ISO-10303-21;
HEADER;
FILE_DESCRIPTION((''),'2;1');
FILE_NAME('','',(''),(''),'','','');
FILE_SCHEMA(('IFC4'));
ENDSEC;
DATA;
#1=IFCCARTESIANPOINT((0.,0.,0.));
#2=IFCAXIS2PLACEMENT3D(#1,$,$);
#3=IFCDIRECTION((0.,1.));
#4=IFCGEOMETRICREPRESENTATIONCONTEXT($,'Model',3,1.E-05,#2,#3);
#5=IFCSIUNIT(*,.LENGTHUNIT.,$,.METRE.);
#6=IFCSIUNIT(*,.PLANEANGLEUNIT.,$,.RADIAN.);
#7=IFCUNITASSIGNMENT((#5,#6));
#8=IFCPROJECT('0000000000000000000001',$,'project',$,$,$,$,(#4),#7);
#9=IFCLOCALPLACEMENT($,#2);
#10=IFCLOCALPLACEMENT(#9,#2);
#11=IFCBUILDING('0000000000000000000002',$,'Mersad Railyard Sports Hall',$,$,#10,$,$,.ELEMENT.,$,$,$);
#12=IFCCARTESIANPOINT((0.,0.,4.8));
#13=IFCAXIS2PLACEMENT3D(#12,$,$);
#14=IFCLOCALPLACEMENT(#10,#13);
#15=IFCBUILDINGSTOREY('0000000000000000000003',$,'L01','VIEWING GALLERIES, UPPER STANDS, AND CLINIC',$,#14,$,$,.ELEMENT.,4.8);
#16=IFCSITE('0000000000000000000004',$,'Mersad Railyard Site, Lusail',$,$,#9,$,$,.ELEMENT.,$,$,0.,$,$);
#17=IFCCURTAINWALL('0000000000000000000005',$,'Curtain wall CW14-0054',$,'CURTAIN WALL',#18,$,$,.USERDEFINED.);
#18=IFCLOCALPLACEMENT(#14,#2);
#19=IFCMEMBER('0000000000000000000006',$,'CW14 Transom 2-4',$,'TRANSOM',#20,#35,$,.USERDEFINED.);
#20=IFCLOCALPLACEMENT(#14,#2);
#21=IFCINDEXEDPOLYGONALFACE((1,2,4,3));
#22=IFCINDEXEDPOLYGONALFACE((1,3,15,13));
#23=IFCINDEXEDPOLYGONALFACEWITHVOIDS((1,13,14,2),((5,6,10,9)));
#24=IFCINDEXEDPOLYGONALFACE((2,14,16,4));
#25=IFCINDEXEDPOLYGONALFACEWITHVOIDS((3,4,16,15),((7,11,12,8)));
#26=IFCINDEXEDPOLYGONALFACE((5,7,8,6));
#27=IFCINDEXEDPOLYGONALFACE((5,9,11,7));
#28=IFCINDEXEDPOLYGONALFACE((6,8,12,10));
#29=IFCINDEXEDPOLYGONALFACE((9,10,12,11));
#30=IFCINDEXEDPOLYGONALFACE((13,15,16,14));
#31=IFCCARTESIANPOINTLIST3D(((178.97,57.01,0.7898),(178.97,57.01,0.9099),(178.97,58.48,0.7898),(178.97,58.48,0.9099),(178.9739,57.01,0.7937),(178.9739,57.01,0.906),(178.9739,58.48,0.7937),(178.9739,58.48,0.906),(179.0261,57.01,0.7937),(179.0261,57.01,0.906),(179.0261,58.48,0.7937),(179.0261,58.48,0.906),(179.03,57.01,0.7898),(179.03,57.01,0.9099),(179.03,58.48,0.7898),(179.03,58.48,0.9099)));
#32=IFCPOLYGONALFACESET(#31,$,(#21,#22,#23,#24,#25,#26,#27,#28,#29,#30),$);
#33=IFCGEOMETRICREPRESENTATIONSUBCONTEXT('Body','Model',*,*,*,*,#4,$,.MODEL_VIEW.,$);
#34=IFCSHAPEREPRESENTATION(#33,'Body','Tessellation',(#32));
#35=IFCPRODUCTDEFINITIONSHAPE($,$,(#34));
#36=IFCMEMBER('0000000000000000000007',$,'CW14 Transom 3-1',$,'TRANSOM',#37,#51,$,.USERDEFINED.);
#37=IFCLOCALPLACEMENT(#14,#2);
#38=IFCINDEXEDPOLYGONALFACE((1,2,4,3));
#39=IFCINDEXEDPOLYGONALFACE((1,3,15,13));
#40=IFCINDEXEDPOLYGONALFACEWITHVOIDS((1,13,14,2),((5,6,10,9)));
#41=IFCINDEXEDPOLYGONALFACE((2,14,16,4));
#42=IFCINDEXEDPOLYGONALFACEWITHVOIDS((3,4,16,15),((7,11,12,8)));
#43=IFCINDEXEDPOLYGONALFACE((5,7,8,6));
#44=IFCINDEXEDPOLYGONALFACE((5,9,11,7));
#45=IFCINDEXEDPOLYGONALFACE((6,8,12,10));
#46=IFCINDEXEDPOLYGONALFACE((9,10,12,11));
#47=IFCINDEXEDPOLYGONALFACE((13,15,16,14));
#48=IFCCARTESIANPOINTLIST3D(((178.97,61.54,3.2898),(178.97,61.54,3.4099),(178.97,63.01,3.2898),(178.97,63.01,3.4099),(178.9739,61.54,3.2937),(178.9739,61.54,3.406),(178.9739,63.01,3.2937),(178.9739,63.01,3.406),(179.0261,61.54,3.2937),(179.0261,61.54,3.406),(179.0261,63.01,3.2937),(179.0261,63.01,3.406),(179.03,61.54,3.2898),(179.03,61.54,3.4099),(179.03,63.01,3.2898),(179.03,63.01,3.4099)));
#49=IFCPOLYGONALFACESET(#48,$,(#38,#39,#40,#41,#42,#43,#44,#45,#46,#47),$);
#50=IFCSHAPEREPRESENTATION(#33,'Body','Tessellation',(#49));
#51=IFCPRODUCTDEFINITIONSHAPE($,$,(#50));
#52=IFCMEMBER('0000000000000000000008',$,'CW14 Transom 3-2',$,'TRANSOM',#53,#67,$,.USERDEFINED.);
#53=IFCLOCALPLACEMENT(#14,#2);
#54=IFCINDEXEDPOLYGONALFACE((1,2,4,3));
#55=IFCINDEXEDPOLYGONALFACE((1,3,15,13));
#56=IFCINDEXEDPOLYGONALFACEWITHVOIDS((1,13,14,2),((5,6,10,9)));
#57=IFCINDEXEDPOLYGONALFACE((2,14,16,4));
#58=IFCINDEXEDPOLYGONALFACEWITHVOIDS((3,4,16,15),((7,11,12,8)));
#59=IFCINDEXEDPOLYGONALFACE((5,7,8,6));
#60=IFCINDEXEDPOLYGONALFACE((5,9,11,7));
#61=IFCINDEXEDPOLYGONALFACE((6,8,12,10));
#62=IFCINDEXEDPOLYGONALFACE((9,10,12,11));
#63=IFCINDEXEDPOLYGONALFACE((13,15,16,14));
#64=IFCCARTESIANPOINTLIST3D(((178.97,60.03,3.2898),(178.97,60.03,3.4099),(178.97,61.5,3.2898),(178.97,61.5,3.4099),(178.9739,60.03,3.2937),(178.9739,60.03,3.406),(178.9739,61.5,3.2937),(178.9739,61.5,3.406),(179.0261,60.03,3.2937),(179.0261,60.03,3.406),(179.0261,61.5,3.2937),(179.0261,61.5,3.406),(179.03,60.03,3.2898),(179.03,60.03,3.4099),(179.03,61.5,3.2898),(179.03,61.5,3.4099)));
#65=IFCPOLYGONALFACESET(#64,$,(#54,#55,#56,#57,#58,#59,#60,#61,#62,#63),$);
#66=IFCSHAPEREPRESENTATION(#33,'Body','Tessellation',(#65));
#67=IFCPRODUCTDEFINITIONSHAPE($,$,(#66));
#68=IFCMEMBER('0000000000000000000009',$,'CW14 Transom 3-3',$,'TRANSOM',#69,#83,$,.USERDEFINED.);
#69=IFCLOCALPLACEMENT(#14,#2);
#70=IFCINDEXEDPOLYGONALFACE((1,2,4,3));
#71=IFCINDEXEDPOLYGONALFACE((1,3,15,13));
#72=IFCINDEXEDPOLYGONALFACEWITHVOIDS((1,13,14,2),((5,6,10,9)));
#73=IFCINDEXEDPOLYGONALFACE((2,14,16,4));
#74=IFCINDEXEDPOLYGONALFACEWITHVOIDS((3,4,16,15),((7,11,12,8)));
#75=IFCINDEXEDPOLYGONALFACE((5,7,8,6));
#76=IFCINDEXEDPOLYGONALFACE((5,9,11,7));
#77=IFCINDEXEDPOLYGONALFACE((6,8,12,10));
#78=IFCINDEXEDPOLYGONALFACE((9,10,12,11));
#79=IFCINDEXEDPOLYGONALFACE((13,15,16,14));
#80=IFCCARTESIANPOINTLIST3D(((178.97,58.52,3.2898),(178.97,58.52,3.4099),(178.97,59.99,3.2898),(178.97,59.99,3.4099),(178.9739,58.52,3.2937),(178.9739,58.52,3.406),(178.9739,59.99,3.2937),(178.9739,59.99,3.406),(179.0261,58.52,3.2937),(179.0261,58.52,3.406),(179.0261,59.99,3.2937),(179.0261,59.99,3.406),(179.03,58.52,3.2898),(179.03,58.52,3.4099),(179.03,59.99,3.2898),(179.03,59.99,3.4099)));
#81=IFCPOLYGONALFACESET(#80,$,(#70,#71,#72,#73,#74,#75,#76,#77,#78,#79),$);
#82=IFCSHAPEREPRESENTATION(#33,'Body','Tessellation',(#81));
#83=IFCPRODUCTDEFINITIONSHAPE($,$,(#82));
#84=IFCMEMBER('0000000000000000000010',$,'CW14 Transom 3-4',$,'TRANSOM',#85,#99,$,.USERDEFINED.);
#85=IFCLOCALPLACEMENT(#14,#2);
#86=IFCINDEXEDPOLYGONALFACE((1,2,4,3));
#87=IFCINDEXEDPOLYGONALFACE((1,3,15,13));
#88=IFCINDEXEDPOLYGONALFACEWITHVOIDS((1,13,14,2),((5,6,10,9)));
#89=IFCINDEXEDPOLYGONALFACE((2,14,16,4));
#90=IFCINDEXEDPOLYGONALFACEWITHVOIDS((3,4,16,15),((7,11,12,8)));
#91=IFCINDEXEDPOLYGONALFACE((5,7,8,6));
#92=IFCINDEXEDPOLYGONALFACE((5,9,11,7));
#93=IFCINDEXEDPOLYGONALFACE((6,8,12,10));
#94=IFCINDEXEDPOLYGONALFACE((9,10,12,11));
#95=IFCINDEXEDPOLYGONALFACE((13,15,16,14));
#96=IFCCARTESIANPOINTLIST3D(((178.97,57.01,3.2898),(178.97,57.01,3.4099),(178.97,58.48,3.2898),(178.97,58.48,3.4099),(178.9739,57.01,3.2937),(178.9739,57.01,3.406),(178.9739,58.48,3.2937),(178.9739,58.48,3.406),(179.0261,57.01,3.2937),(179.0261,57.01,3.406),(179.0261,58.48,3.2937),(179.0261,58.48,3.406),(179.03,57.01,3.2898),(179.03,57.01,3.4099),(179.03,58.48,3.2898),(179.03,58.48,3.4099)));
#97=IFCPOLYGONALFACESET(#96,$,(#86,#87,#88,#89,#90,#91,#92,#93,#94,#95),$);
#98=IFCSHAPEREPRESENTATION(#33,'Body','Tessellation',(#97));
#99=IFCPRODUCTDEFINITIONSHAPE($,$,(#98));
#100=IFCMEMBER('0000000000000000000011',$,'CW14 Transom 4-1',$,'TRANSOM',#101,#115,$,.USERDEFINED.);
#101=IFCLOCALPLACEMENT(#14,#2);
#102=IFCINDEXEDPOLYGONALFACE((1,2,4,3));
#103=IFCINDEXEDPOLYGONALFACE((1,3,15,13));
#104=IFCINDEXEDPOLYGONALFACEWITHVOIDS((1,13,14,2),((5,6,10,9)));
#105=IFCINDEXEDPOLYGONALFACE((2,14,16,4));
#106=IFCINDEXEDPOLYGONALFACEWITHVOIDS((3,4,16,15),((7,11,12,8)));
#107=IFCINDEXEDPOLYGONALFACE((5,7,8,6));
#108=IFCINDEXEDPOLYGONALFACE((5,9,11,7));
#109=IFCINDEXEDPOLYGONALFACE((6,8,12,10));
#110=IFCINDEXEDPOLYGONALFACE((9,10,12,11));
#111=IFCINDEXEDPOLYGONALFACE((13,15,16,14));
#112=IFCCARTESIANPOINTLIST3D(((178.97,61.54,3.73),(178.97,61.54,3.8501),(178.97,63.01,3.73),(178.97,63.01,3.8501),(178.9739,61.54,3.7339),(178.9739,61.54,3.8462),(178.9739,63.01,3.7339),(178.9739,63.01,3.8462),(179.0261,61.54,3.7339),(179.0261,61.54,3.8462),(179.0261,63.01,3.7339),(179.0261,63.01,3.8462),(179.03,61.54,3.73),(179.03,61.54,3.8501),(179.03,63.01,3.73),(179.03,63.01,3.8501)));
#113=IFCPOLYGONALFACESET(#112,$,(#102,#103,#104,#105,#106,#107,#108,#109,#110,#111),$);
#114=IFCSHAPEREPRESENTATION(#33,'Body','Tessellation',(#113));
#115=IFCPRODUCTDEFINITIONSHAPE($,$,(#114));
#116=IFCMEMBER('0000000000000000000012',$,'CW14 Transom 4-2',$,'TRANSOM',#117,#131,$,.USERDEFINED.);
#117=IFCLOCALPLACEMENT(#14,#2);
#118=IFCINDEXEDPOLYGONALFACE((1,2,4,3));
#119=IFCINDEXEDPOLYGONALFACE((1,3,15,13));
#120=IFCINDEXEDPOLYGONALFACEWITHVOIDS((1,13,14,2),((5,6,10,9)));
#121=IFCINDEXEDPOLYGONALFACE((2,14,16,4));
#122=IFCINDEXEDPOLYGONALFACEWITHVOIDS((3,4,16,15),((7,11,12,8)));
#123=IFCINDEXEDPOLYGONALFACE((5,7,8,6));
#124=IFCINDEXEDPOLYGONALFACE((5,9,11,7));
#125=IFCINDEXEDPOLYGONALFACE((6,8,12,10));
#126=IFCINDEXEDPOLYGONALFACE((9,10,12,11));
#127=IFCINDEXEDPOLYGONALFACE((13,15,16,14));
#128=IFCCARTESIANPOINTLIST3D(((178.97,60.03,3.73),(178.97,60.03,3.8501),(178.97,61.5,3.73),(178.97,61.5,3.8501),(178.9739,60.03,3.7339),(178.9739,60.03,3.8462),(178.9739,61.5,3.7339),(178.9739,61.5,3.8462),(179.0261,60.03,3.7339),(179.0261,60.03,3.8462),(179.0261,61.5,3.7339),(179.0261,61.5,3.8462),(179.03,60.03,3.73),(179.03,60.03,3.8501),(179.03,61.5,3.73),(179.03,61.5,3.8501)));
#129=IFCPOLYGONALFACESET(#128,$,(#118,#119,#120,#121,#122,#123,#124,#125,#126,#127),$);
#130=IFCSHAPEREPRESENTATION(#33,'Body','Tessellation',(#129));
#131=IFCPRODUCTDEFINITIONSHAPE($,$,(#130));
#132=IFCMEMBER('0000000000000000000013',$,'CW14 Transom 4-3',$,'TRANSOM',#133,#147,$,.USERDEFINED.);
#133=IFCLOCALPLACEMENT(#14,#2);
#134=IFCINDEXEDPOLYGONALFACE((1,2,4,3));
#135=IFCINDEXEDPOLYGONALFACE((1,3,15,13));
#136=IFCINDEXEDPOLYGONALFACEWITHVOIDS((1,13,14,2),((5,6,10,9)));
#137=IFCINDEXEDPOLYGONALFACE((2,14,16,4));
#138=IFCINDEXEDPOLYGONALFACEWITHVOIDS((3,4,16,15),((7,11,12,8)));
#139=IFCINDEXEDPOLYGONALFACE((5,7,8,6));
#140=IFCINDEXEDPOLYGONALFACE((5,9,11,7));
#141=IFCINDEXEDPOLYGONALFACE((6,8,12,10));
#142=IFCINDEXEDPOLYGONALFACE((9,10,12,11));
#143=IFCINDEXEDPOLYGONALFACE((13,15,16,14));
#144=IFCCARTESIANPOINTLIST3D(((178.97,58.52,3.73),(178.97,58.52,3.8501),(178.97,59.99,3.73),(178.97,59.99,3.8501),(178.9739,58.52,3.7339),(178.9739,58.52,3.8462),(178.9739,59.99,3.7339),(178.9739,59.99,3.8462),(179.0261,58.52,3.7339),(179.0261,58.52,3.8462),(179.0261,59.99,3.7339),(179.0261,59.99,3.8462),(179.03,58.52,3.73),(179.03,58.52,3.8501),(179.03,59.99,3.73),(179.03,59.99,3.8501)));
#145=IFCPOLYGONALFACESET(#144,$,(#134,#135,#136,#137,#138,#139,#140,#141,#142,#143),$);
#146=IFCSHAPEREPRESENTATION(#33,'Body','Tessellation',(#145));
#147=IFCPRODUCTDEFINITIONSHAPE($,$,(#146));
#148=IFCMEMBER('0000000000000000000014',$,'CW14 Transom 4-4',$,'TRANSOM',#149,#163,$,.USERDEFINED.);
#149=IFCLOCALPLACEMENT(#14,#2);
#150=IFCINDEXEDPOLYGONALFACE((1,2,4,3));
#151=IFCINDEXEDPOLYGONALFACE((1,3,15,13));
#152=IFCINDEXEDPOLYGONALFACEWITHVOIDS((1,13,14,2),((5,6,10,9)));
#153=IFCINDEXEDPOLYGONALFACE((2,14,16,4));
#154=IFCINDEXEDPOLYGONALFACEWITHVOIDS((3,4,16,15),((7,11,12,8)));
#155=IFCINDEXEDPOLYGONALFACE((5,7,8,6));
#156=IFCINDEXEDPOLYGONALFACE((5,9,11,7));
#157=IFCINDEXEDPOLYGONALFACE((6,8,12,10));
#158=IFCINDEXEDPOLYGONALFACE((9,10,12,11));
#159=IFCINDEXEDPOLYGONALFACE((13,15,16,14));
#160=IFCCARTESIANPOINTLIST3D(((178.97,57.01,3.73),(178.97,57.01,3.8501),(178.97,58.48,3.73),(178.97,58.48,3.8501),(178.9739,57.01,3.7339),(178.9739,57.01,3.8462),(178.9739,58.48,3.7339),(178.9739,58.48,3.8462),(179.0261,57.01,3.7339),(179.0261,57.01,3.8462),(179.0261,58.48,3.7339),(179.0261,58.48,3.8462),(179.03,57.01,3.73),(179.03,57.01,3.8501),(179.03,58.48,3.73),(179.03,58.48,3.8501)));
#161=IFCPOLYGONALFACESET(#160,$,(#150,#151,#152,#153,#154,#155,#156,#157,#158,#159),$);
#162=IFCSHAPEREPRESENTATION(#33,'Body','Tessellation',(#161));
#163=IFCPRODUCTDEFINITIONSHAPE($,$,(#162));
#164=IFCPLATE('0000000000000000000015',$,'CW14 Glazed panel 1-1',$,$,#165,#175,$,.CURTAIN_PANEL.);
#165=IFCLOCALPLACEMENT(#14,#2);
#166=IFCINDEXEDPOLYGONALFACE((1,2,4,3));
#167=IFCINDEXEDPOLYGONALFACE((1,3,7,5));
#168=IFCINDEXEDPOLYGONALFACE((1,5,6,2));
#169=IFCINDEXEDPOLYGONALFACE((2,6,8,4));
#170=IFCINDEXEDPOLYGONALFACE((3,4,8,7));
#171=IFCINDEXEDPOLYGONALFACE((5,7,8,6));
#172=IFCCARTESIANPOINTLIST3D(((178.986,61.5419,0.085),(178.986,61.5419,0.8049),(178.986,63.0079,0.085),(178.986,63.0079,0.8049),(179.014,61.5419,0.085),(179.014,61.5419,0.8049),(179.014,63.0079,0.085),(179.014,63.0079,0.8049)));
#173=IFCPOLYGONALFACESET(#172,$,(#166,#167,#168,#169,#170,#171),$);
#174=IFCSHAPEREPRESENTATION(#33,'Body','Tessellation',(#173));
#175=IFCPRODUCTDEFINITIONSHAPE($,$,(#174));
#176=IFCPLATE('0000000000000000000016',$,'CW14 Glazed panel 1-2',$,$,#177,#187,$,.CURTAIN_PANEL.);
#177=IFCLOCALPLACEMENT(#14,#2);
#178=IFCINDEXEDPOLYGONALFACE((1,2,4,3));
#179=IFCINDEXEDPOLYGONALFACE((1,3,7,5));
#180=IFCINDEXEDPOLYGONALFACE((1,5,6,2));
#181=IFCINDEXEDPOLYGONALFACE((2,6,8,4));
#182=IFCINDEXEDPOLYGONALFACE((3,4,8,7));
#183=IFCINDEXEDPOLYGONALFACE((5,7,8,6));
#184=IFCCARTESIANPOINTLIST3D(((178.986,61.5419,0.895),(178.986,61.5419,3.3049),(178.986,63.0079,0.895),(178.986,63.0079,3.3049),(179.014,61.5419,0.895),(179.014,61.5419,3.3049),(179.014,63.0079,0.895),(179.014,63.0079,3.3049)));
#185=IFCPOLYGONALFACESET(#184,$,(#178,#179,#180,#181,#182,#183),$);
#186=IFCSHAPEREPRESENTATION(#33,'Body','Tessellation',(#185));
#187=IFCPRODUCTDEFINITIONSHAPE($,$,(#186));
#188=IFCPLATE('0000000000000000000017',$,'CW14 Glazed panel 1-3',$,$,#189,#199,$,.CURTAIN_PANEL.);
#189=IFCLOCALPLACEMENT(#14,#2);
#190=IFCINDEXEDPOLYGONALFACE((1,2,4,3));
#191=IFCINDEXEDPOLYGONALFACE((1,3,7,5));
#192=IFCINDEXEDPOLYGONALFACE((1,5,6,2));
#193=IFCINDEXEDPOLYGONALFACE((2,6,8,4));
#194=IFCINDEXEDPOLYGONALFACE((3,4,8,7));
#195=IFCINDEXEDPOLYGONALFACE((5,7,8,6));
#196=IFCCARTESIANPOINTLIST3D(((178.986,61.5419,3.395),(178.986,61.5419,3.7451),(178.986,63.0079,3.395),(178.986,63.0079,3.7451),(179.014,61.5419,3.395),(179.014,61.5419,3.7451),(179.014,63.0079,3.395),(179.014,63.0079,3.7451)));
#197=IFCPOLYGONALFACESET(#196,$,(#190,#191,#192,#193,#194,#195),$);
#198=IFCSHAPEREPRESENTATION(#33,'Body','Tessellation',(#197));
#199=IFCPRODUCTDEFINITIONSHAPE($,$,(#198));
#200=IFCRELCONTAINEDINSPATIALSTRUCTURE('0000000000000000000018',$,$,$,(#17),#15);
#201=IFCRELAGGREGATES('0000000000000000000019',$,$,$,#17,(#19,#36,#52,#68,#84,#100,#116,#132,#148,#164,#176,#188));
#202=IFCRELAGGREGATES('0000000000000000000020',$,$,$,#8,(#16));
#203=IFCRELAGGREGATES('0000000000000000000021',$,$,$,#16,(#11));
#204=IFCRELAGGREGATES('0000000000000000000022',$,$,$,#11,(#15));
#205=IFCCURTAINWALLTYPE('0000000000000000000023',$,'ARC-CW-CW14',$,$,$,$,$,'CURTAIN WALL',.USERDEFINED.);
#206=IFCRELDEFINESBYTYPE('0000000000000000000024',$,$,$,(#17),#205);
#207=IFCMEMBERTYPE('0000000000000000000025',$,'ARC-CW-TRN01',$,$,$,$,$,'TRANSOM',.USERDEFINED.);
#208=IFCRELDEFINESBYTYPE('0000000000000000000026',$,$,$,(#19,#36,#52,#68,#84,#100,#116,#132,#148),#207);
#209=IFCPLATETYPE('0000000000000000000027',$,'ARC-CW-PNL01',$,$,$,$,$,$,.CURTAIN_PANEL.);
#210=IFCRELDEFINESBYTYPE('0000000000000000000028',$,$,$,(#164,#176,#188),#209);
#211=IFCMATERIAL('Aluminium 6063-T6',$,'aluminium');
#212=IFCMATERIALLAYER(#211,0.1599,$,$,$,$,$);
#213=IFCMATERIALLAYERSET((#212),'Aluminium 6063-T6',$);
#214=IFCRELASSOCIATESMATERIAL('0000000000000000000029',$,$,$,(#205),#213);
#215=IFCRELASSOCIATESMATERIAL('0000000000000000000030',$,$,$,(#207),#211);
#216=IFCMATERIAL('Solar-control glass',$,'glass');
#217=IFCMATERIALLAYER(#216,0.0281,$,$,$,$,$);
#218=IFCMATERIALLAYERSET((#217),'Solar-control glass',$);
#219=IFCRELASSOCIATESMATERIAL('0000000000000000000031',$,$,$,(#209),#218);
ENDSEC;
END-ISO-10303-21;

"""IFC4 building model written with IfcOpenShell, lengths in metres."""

from ifc_helpers import new_model, si_unit, direction, frame, origin, origin_2d, place, context, subcontext, project, spatial, rectangle, hollow_rectangle, extrude, material, layer, layer_set, material_profile, profile_set, type_object, element, aggregate, save


model = new_model("IFC4")

# Units and contexts
model_context = context("Model", 3, precision=1e-05, world=origin(), true_north=direction((0.0, 1.0)))
body_context = subcontext(model_context, "Body", "Model", "MODEL_VIEW")
ifc_project = project(units=[si_unit("LENGTHUNIT", "METRE"), si_unit("PLANEANGLEUNIT", "RADIAN")], contexts=[model_context])

# Site, building, storey
site_placement = place(None, origin())
site = spatial("IfcSite", under=ifc_project, at=site_placement, Name="Mersad Railyard Site, Lusail", CompositionType="ELEMENT", RefElevation=0.0)
building_placement = place(site_placement, origin())
building = spatial("IfcBuilding", under=site, at=building_placement, Name="Mersad Railyard Sports Hall", CompositionType="ELEMENT")
storey_placement = place(building_placement, frame((0.0, 0.0, 4.8)))
storey = spatial("IfcBuildingStorey", under=building, at=storey_placement, Name="L01", Description="VIEWING GALLERIES, UPPER STANDS, AND CLINIC", CompositionType="ELEMENT", Elevation=4.8)

# Curtain wall, members, plates
ifc_material_1 = material(Name="Aluminium 6063-T6", Category="aluminium")
ifc_layer_1 = layer(ifc_material_1, 0.1599)
ifc_layer_set_1 = layer_set([ifc_layer_1], Name="Aluminium 6063-T6")
curtain_wall_type = type_object("IfcCurtainWallType", Name="ARC-CW-CW14", ElementType="CURTAIN WALL", PredefinedType="USERDEFINED", material=ifc_layer_set_1)
curtain_wall_placement = place(storey_placement, origin())
curtain_wall = element("IfcCurtainWall", 1, at=curtain_wall_placement, inside=storey, type_object=curtain_wall_type, Name="Curtain wall CW14-0054", ObjectType="CURTAIN WALL", PredefinedType="USERDEFINED")
ifc_material_profile_1 = material_profile(ifc_material_1, hollow_rectangle(XDim=0.0601, YDim=0.1201, WallThickness=0.0039, at=origin_2d()), Name="AL TRANSOM 60x120x4")
ifc_profile_set_1 = profile_set([ifc_material_profile_1], Name="Aluminium 6063-T6")
member_type_1 = type_object("IfcMemberType", Name="ARC-CW-TRN01", ElementType="TRANSOM", PredefinedType="USERDEFINED", material=ifc_profile_set_1)
member_1_placement = place(storey_placement, frame((179.0, 58.48, 0.8499), z_axis=(0.0, -1.0, 0.0), x_axis=(1.0, 0.0, 0.0)))
member_1 = element("IfcMember", 2, at=member_1_placement, type_object=member_type_1, Name="CW14 Transom 2-4", ObjectType="TRANSOM", PredefinedType="USERDEFINED", context=body_context, shape_type="SweptSolid", body=[
    extrude(hollow_rectangle(XDim=0.0601, YDim=0.1201, WallThickness=0.0039, at=origin_2d()), origin(), (0.0, 0.0, 1.0), 1.47),
])
member_2_placement = place(storey_placement, frame((179.0, 63.01, 3.3499), z_axis=(0.0, -1.0, 0.0), x_axis=(1.0, 0.0, 0.0)))
member_2 = element("IfcMember", 3, at=member_2_placement, type_object=member_type_1, Name="CW14 Transom 3-1", ObjectType="TRANSOM", PredefinedType="USERDEFINED", context=body_context, shape_type="SweptSolid", body=[
    extrude(hollow_rectangle(XDim=0.0601, YDim=0.1201, WallThickness=0.0039, at=origin_2d()), origin(), (0.0, 0.0, 1.0), 1.47),
])
member_3_placement = place(storey_placement, frame((179.0, 61.5, 3.3499), z_axis=(0.0, -1.0, 0.0), x_axis=(1.0, 0.0, 0.0)))
member_3 = element("IfcMember", 4, at=member_3_placement, type_object=member_type_1, Name="CW14 Transom 3-2", ObjectType="TRANSOM", PredefinedType="USERDEFINED", context=body_context, shape_type="SweptSolid", body=[
    extrude(hollow_rectangle(XDim=0.0601, YDim=0.1201, WallThickness=0.0039, at=origin_2d()), origin(), (0.0, 0.0, 1.0), 1.47),
])
member_4_placement = place(storey_placement, frame((179.0, 59.99, 3.3499), z_axis=(0.0, -1.0, 0.0), x_axis=(1.0, 0.0, 0.0)))
member_4 = element("IfcMember", 5, at=member_4_placement, type_object=member_type_1, Name="CW14 Transom 3-3", ObjectType="TRANSOM", PredefinedType="USERDEFINED", context=body_context, shape_type="SweptSolid", body=[
    extrude(hollow_rectangle(XDim=0.0601, YDim=0.1201, WallThickness=0.0039, at=origin_2d()), origin(), (0.0, 0.0, 1.0), 1.47),
])
member_5_placement = place(storey_placement, frame((179.0, 58.48, 3.3499), z_axis=(0.0, -1.0, 0.0), x_axis=(1.0, 0.0, 0.0)))
member_5 = element("IfcMember", 6, at=member_5_placement, type_object=member_type_1, Name="CW14 Transom 3-4", ObjectType="TRANSOM", PredefinedType="USERDEFINED", context=body_context, shape_type="SweptSolid", body=[
    extrude(hollow_rectangle(XDim=0.0601, YDim=0.1201, WallThickness=0.0039, at=origin_2d()), origin(), (0.0, 0.0, 1.0), 1.47),
])
member_6_placement = place(storey_placement, frame((179.0, 63.01, 3.79), z_axis=(0.0, -1.0, 0.0), x_axis=(1.0, 0.0, 0.0)))
member_6 = element("IfcMember", 7, at=member_6_placement, type_object=member_type_1, Name="CW14 Transom 4-1", ObjectType="TRANSOM", PredefinedType="USERDEFINED", context=body_context, shape_type="SweptSolid", body=[
    extrude(hollow_rectangle(XDim=0.0601, YDim=0.1201, WallThickness=0.0039, at=origin_2d()), origin(), (0.0, 0.0, 1.0), 1.47),
])
member_7_placement = place(storey_placement, frame((179.0, 61.5, 3.79), z_axis=(0.0, -1.0, 0.0), x_axis=(1.0, 0.0, 0.0)))
member_7 = element("IfcMember", 8, at=member_7_placement, type_object=member_type_1, Name="CW14 Transom 4-2", ObjectType="TRANSOM", PredefinedType="USERDEFINED", context=body_context, shape_type="SweptSolid", body=[
    extrude(hollow_rectangle(XDim=0.0601, YDim=0.1201, WallThickness=0.0039, at=origin_2d()), origin(), (0.0, 0.0, 1.0), 1.47),
])
member_8_placement = place(storey_placement, frame((179.0, 59.99, 3.79), z_axis=(0.0, -1.0, 0.0), x_axis=(1.0, 0.0, 0.0)))
member_8 = element("IfcMember", 9, at=member_8_placement, type_object=member_type_1, Name="CW14 Transom 4-3", ObjectType="TRANSOM", PredefinedType="USERDEFINED", context=body_context, shape_type="SweptSolid", body=[
    extrude(hollow_rectangle(XDim=0.0601, YDim=0.1201, WallThickness=0.0039, at=origin_2d()), origin(), (0.0, 0.0, 1.0), 1.47),
])
member_9_placement = place(storey_placement, frame((179.0, 58.48, 3.79), z_axis=(0.0, -1.0, 0.0), x_axis=(1.0, 0.0, 0.0)))
member_9 = element("IfcMember", 10, at=member_9_placement, type_object=member_type_1, Name="CW14 Transom 4-4", ObjectType="TRANSOM", PredefinedType="USERDEFINED", context=body_context, shape_type="SweptSolid", body=[
    extrude(hollow_rectangle(XDim=0.0601, YDim=0.1201, WallThickness=0.0039, at=origin_2d()), origin(), (0.0, 0.0, 1.0), 1.47),
])
ifc_material_2 = material(Name="Solar-control glass", Category="glass")
ifc_layer_2 = layer(ifc_material_2, 0.0281)
ifc_layer_set_2 = layer_set([ifc_layer_2], Name="Solar-control glass")
plate_type = type_object("IfcPlateType", Name="ARC-CW-PNL01", PredefinedType="CURTAIN_PANEL", material=ifc_layer_set_2)
plate_1_placement = place(storey_placement, frame((179.0, 62.2749, 0.085), z_axis=(0.0, 0.0, 1.0), x_axis=(0.0, -1.0, 0.0)))
plate_1 = element("IfcPlate", 11, at=plate_1_placement, type_object=plate_type, Name="CW14 Glazed panel 1-1", PredefinedType="CURTAIN_PANEL", context=body_context, shape_type="SweptSolid", body=[
    extrude(rectangle(XDim=1.4661, YDim=0.0281, at=origin_2d()), origin(), (0.0, 0.0, 1.0), 0.72),
])
plate_2_placement = place(storey_placement, frame((179.0, 62.2749, 0.895), z_axis=(0.0, 0.0, 1.0), x_axis=(0.0, -1.0, 0.0)))
plate_2 = element("IfcPlate", 12, at=plate_2_placement, type_object=plate_type, Name="CW14 Glazed panel 1-2", PredefinedType="CURTAIN_PANEL", context=body_context, shape_type="SweptSolid", body=[
    extrude(rectangle(XDim=1.4661, YDim=0.0281, at=origin_2d()), origin(), (0.0, 0.0, 1.0), 2.4099),
])
plate_3_placement = place(storey_placement, frame((179.0, 62.2749, 3.395), z_axis=(0.0, 0.0, 1.0), x_axis=(0.0, -1.0, 0.0)))
plate_3 = element("IfcPlate", 13, at=plate_3_placement, type_object=plate_type, Name="CW14 Glazed panel 1-3", PredefinedType="CURTAIN_PANEL", context=body_context, shape_type="SweptSolid", body=[
    extrude(rectangle(XDim=1.4661, YDim=0.0281, at=origin_2d()), origin(), (0.0, 0.0, 1.0), 0.3501),
])
aggregate(curtain_wall, [member_1, member_2, member_3, member_4, member_5, member_6, member_7, member_8, member_9, plate_1, plate_2, plate_3])

save(model, "model.ifc")
